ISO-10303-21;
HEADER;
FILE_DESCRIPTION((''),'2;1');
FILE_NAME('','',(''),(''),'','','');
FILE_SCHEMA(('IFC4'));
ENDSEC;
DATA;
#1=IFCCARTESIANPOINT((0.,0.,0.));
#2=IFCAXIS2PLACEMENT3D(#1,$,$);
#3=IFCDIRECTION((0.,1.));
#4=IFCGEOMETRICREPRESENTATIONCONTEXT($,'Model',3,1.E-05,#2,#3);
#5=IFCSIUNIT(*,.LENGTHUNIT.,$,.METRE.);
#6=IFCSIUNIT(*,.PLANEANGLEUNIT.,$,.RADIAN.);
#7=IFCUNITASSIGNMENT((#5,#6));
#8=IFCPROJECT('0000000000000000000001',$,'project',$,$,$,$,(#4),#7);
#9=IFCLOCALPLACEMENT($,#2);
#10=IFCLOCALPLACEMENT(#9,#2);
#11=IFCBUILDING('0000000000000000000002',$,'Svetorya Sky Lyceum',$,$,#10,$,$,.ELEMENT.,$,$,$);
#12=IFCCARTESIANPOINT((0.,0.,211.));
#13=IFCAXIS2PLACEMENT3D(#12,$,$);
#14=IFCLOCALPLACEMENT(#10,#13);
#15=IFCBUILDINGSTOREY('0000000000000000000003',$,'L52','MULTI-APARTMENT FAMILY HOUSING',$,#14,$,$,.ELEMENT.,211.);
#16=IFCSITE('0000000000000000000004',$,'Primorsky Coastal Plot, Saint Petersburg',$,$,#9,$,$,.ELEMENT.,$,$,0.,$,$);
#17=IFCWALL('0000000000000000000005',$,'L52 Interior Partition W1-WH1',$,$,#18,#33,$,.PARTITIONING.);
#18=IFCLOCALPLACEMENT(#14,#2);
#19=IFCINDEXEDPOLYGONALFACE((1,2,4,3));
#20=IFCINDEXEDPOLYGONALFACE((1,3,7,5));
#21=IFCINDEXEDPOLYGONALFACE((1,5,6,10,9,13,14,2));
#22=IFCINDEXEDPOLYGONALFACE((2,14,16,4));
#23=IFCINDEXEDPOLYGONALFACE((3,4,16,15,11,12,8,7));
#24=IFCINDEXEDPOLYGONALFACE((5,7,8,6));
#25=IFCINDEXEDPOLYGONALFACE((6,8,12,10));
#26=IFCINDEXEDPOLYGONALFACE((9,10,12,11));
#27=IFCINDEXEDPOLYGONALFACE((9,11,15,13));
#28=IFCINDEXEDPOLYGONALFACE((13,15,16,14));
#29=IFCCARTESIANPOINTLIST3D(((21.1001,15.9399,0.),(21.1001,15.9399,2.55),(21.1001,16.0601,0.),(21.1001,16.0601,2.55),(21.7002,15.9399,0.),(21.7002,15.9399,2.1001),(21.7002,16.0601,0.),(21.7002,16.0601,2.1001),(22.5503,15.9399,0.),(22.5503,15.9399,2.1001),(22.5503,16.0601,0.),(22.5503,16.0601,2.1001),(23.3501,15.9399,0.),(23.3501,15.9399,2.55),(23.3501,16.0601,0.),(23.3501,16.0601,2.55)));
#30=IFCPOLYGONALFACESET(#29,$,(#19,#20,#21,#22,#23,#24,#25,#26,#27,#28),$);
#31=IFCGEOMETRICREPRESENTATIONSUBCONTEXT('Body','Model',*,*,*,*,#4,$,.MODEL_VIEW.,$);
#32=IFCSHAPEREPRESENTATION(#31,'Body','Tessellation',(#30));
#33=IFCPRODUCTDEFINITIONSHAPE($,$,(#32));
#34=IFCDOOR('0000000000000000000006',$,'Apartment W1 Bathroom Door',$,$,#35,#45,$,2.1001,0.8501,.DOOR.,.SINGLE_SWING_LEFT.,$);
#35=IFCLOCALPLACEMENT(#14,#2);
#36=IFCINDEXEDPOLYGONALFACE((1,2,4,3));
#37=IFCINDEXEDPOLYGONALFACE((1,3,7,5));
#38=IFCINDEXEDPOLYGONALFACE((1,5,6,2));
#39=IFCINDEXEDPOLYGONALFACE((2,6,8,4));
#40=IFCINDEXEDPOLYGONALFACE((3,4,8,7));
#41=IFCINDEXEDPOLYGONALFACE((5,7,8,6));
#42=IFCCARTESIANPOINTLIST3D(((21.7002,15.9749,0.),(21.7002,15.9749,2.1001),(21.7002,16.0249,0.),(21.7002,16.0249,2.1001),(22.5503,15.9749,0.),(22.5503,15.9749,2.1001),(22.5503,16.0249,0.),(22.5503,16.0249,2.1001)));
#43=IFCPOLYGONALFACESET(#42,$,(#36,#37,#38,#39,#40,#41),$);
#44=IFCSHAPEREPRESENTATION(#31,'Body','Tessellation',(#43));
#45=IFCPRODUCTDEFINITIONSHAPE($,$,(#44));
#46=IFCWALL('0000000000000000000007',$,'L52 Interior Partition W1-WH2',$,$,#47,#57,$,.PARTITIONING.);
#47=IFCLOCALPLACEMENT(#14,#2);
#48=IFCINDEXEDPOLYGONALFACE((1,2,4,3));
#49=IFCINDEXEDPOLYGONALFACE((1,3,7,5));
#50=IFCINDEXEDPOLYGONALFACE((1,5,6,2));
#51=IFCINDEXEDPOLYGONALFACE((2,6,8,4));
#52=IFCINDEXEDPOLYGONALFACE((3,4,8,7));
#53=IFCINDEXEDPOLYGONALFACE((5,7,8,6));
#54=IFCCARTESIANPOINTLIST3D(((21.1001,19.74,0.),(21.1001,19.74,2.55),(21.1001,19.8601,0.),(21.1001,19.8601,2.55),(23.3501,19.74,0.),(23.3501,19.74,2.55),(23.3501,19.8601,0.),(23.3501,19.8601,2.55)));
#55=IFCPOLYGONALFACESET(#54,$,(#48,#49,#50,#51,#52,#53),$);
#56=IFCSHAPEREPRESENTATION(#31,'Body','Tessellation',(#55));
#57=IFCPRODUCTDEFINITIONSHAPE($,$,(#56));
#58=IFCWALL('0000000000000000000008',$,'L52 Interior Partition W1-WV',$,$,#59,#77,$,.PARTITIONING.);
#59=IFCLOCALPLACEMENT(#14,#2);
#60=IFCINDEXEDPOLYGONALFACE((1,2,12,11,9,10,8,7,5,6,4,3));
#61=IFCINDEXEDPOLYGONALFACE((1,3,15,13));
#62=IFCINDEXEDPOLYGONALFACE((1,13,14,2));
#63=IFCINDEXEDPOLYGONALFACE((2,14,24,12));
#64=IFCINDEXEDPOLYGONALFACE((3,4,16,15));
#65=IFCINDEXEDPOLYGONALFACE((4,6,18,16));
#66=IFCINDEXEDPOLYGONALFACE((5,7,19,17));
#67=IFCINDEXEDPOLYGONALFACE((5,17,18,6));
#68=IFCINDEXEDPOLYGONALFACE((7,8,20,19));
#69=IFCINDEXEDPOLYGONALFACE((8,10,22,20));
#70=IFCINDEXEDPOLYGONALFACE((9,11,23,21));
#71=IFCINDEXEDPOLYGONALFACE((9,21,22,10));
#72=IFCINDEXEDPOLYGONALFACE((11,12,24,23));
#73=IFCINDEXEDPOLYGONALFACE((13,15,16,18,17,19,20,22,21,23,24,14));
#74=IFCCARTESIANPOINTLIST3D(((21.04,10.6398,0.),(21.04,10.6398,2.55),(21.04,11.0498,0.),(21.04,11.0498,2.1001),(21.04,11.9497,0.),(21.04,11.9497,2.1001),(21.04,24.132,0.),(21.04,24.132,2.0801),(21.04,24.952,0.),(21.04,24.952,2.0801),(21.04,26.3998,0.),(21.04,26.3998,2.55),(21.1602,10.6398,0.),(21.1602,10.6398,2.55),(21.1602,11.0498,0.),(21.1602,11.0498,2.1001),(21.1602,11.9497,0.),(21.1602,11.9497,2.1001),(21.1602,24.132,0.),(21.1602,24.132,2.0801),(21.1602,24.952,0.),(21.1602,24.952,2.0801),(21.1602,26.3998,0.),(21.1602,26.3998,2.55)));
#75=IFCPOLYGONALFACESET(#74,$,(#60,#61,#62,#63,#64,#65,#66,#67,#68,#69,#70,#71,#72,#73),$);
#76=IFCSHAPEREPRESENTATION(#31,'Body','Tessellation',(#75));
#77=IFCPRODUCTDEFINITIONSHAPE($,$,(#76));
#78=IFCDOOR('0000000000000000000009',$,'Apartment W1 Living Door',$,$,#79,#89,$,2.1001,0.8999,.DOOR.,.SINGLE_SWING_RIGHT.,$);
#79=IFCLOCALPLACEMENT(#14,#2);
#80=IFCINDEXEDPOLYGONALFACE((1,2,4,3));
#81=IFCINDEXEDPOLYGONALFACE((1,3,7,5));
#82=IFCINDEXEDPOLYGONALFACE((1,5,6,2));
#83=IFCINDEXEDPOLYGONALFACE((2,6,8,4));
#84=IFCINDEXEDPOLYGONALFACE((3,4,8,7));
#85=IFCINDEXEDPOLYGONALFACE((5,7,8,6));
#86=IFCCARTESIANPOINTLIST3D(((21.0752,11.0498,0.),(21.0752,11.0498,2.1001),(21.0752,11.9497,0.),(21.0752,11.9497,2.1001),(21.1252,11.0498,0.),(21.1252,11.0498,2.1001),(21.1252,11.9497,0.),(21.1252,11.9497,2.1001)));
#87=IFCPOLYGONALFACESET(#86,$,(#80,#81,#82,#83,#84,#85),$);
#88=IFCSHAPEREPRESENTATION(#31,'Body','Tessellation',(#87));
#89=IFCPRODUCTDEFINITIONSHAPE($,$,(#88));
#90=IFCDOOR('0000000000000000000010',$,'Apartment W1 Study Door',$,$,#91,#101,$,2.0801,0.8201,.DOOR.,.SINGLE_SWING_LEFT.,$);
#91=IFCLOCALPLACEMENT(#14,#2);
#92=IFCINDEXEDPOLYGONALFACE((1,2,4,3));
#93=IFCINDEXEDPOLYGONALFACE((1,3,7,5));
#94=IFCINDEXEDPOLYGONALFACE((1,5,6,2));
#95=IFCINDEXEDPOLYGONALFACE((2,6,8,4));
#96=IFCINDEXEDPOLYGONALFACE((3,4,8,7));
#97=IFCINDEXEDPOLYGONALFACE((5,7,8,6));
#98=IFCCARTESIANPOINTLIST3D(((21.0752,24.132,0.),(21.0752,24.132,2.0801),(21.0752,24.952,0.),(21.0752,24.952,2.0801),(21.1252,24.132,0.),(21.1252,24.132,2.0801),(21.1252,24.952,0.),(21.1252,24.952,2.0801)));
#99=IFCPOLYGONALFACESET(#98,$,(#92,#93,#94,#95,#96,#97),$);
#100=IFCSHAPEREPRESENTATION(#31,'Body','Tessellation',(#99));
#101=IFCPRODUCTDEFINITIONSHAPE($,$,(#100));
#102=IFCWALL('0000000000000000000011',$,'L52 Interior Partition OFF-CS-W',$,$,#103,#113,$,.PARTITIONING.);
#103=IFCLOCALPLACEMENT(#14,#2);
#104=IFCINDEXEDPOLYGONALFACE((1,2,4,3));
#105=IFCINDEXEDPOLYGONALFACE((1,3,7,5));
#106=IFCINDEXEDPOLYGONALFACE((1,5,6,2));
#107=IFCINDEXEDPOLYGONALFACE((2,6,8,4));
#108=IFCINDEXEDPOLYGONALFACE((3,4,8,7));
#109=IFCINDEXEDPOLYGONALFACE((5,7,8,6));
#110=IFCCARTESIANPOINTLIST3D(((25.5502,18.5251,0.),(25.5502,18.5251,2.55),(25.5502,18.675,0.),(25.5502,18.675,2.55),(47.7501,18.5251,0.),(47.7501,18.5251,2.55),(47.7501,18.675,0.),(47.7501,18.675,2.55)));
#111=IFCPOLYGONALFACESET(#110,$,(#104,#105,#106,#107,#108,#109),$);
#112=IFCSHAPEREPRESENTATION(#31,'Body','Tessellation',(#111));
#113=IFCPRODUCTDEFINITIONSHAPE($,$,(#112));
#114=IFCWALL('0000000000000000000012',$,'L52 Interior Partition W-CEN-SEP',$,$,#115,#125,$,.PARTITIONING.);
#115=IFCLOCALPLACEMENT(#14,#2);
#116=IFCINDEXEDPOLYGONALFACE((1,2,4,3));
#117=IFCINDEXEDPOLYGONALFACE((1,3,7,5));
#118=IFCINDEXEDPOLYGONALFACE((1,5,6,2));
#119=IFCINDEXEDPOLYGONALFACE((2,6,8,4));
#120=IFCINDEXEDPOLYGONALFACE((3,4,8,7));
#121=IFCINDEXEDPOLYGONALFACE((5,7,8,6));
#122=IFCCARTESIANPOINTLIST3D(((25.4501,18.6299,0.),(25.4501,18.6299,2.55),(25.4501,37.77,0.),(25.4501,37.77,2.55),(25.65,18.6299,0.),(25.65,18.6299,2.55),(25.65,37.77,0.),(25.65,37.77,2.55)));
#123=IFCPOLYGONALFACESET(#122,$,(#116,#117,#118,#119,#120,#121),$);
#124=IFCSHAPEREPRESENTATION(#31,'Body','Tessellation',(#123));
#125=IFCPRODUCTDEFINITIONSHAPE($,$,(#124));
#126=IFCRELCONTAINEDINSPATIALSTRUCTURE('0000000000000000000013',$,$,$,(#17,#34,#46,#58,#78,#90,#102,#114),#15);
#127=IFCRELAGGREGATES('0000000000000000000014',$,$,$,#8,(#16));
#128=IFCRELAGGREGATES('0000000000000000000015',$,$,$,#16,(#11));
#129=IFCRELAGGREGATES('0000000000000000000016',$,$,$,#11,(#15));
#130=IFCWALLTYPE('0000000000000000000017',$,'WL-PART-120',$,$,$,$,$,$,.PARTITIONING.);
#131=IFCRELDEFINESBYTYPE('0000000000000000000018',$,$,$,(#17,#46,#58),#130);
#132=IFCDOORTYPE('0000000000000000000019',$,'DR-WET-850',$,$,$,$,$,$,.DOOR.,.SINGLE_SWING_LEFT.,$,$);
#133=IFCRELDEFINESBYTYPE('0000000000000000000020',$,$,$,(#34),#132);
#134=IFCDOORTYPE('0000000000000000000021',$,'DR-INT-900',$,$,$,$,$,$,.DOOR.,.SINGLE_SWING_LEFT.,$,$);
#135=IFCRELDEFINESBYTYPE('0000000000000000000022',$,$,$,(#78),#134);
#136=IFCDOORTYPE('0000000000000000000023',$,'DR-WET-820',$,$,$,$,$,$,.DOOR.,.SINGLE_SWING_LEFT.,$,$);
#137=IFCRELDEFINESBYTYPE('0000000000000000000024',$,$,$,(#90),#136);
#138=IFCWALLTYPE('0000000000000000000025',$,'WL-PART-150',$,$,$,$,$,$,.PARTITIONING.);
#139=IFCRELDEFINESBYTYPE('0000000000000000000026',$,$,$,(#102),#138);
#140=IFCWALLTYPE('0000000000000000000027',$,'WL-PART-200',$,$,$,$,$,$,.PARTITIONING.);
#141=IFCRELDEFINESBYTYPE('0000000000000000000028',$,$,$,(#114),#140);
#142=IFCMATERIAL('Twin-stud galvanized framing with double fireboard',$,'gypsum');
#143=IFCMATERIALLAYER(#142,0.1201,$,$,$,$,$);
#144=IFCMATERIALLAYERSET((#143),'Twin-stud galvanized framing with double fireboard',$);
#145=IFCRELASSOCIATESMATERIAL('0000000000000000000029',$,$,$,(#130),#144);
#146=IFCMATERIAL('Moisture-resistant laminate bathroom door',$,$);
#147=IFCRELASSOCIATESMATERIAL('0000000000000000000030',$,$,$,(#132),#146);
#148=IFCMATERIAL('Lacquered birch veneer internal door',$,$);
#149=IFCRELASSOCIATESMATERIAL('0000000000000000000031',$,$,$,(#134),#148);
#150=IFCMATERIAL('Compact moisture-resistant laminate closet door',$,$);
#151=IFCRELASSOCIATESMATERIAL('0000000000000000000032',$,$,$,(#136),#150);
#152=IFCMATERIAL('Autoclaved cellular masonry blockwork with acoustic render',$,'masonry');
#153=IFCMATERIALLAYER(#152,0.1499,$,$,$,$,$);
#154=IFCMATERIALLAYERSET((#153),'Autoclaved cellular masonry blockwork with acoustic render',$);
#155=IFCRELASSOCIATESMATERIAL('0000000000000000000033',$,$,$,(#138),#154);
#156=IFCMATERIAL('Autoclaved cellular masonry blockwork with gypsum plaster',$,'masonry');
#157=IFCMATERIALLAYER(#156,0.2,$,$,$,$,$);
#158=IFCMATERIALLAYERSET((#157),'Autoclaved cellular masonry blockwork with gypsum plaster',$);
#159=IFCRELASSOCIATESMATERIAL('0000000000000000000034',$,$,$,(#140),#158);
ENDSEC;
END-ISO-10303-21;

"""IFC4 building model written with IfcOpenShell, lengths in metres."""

from ifc_helpers import new_model, si_unit, direction, frame, frame_2d, origin, place, context, subcontext, project, spatial, rectangle, extrude, material, layer, layer_set, type_object, element, fill, save


model = new_model("IFC4")

# Units and contexts
model_context = context("Model", 3, precision=1e-05, world=origin(), true_north=direction((0.0, 1.0)))
body_context = subcontext(model_context, "Body", "Model", "MODEL_VIEW")
ifc_project = project(units=[si_unit("LENGTHUNIT", "METRE"), si_unit("PLANEANGLEUNIT", "RADIAN")], contexts=[model_context])

# Site, building, storey
site_placement = place(None, origin())
site = spatial("IfcSite", under=ifc_project, at=site_placement, Name="Primorsky Coastal Plot, Saint Petersburg", CompositionType="ELEMENT", RefElevation=0.0)
building_placement = place(site_placement, origin())
building = spatial("IfcBuilding", under=site, at=building_placement, Name="Svetorya Sky Lyceum", CompositionType="ELEMENT")
storey_placement = place(building_placement, frame((0.0, 0.0, 211.0)))
storey = spatial("IfcBuildingStorey", under=building, at=storey_placement, Name="L52", Description="MULTI-APARTMENT FAMILY HOUSING", CompositionType="ELEMENT", Elevation=211.0)

# Wall, opening, door
ifc_material_1 = material(Name="Twin-stud galvanized framing with double fireboard", Category="gypsum")
ifc_layer_1 = layer(ifc_material_1, 0.1201)
ifc_layer_set_1 = layer_set([ifc_layer_1], Name="Twin-stud galvanized framing with double fireboard")
wall_type_1 = type_object("IfcWallType", Name="WL-PART-120", PredefinedType="PARTITIONING", material=ifc_layer_set_1)
wall_1_placement = place(storey_placement, frame((21.1001, 16.0, 0.0), z_axis=(0.0, 0.0, 1.0), x_axis=(1.0, 0.0, 0.0)))
wall_1 = element("IfcWall", 1, at=wall_1_placement, inside=storey, type_object=wall_type_1, Name="L52 Interior Partition W1-WH1", PredefinedType="PARTITIONING", context=body_context, shape_type="SweptSolid", body=[
    extrude(rectangle(XDim=2.25, YDim=0.1201, at=frame_2d((1.125, 0.0))), origin(), (0.0, 0.0, 1.0), 2.55),
])
opening_1_placement = place(wall_1_placement, frame((0.6001, 0.0, 0.0)))
opening_1 = element("IfcOpeningElement", 2, at=opening_1_placement, cuts=wall_1, PredefinedType="OPENING", context=body_context, shape_type="SweptSolid", body=[
    extrude(rectangle(XDim=0.8501, YDim=2.1001, at=frame_2d((0.425, 1.05))), frame((0.0, 0.0701, 0.0), z_axis=(0.0, -1.0, 0.0), x_axis=(1.0, 0.0, 0.0)), (0.0, 0.0, 1.0), 0.1401),
])
ifc_material_2 = material(Name="Moisture-resistant laminate bathroom door")
door_type_1 = type_object("IfcDoorType", Name="DR-WET-850", OperationType="SINGLE_SWING_LEFT", PredefinedType="DOOR", material=ifc_material_2)
door_1_placement = place(opening_1_placement, origin())
door_1 = element("IfcDoor", 3, at=door_1_placement, inside=storey, type_object=door_type_1, Name="Apartment W1 Bathroom Door", OperationType="SINGLE_SWING_LEFT", OverallHeight=2.1001, OverallWidth=0.8501, PredefinedType="DOOR", context=body_context, shape_type="SweptSolid", body=[
    extrude(rectangle(XDim=0.8501, YDim=2.1001, at=frame_2d((0.425, 1.05))), frame((0.0, 0.0249, 0.0), z_axis=(0.0, -1.0, 0.0), x_axis=(1.0, 0.0, 0.0)), (0.0, 0.0, 1.0), 0.05),
])
fill(opening_1, door_1)

# Wall
wall_2_placement = place(storey_placement, frame((21.1001, 19.8, 0.0), z_axis=(0.0, 0.0, 1.0), x_axis=(1.0, 0.0, 0.0)))
element("IfcWall", 4, at=wall_2_placement, inside=storey, type_object=wall_type_1, Name="L52 Interior Partition W1-WH2", PredefinedType="PARTITIONING", context=body_context, shape_type="SweptSolid", body=[
    extrude(rectangle(XDim=2.25, YDim=0.1201, at=frame_2d((1.125, 0.0))), origin(), (0.0, 0.0, 1.0), 2.55),
])

# Wall, openings, doors
wall_3_placement = place(storey_placement, frame((21.1001, 10.6399, 0.0), z_axis=(0.0, 0.0, 1.0), x_axis=(0.0, 1.0, 0.0)))
wall_3 = element("IfcWall", 5, at=wall_3_placement, inside=storey, type_object=wall_type_1, Name="L52 Interior Partition W1-WV", PredefinedType="PARTITIONING", context=body_context, shape_type="SweptSolid", body=[
    extrude(rectangle(XDim=15.76, YDim=0.1201, at=frame_2d((7.8799, 0.0))), origin(), (0.0, 0.0, 1.0), 2.55),
])
opening_2_placement = place(wall_3_placement, frame((0.4099, 0.0, 0.0)))
opening_2 = element("IfcOpeningElement", 6, at=opening_2_placement, cuts=wall_3, PredefinedType="OPENING", context=body_context, shape_type="SweptSolid", body=[
    extrude(rectangle(XDim=0.8999, YDim=2.1001, at=frame_2d((0.45, 1.05))), frame((0.0, 0.0701, 0.0), z_axis=(0.0, -1.0, 0.0), x_axis=(1.0, 0.0, 0.0)), (0.0, 0.0, 1.0), 0.1401),
])
opening_3_placement = place(wall_3_placement, frame((13.4919, 0.0, 0.0)))
opening_3 = element("IfcOpeningElement", 7, at=opening_3_placement, cuts=wall_3, PredefinedType="OPENING", context=body_context, shape_type="SweptSolid", body=[
    extrude(rectangle(XDim=0.8201, YDim=2.0801, at=frame_2d((0.4102, 1.04))), frame((0.0, 0.0701, 0.0), z_axis=(0.0, -1.0, 0.0), x_axis=(1.0, 0.0, 0.0)), (0.0, 0.0, 1.0), 0.1401),
])
ifc_material_3 = material(Name="Lacquered birch veneer internal door")
door_type_2 = type_object("IfcDoorType", Name="DR-INT-900", OperationType="SINGLE_SWING_LEFT", PredefinedType="DOOR", material=ifc_material_3)
door_2_placement = place(opening_2_placement, origin())
door_2 = element("IfcDoor", 8, at=door_2_placement, inside=storey, type_object=door_type_2, Name="Apartment W1 Living Door", OperationType="SINGLE_SWING_RIGHT", OverallHeight=2.1001, OverallWidth=0.8999, PredefinedType="DOOR", context=body_context, shape_type="SweptSolid", body=[
    extrude(rectangle(XDim=0.8999, YDim=2.1001, at=frame_2d((0.45, 1.05))), frame((0.0, 0.0249, 0.0), z_axis=(0.0, -1.0, 0.0), x_axis=(1.0, 0.0, 0.0)), (0.0, 0.0, 1.0), 0.05),
])
fill(opening_2, door_2)
ifc_material_4 = material(Name="Compact moisture-resistant laminate closet door")
door_type_3 = type_object("IfcDoorType", Name="DR-WET-820", OperationType="SINGLE_SWING_LEFT", PredefinedType="DOOR", material=ifc_material_4)
door_3_placement = place(opening_3_placement, origin())
door_3 = element("IfcDoor", 9, at=door_3_placement, inside=storey, type_object=door_type_3, Name="Apartment W1 Study Door", OperationType="SINGLE_SWING_LEFT", OverallHeight=2.0801, OverallWidth=0.8201, PredefinedType="DOOR", context=body_context, shape_type="SweptSolid", body=[
    extrude(rectangle(XDim=0.8201, YDim=2.0801, at=frame_2d((0.4102, 1.04))), frame((0.0, 0.0249, 0.0), z_axis=(0.0, -1.0, 0.0), x_axis=(1.0, 0.0, 0.0)), (0.0, 0.0, 1.0), 0.05),
])
fill(opening_3, door_3)

# Walls
ifc_material_5 = material(Name="Autoclaved cellular masonry blockwork with acoustic render", Category="masonry")
ifc_layer_2 = layer(ifc_material_5, 0.1499)
ifc_layer_set_2 = layer_set([ifc_layer_2], Name="Autoclaved cellular masonry blockwork with acoustic render")
wall_type_2 = type_object("IfcWallType", Name="WL-PART-150", PredefinedType="PARTITIONING", material=ifc_layer_set_2)
wall_4_placement = place(storey_placement, frame((25.55, 18.6001, 0.0), z_axis=(0.0, 0.0, 1.0), x_axis=(1.0, 0.0, 0.0)))
element("IfcWall", 10, at=wall_4_placement, inside=storey, type_object=wall_type_2, Name="L52 Interior Partition OFF-CS-W", PredefinedType="PARTITIONING", context=body_context, shape_type="SweptSolid", body=[
    extrude(rectangle(XDim=22.2, YDim=0.1499, at=frame_2d((11.1001, 0.0))), origin(), (0.0, 0.0, 1.0), 2.55),
])
ifc_material_6 = material(Name="Autoclaved cellular masonry blockwork with gypsum plaster", Category="masonry")
ifc_layer_3 = layer(ifc_material_6, 0.2)
ifc_layer_set_3 = layer_set([ifc_layer_3], Name="Autoclaved cellular masonry blockwork with gypsum plaster")
wall_type_3 = type_object("IfcWallType", Name="WL-PART-200", PredefinedType="PARTITIONING", material=ifc_layer_set_3)
wall_5_placement = place(storey_placement, frame((25.55, 18.6299, 0.0), z_axis=(0.0, 0.0, 1.0), x_axis=(0.0, 1.0, 0.0)))
element("IfcWall", 11, at=wall_5_placement, inside=storey, type_object=wall_type_3, Name="L52 Interior Partition W-CEN-SEP", PredefinedType="PARTITIONING", context=body_context, shape_type="SweptSolid", body=[
    extrude(rectangle(XDim=19.1401, YDim=0.2, at=frame_2d((9.5701, 0.0))), origin(), (0.0, 0.0, 1.0), 2.55),
])

save(model, "model.ifc")
